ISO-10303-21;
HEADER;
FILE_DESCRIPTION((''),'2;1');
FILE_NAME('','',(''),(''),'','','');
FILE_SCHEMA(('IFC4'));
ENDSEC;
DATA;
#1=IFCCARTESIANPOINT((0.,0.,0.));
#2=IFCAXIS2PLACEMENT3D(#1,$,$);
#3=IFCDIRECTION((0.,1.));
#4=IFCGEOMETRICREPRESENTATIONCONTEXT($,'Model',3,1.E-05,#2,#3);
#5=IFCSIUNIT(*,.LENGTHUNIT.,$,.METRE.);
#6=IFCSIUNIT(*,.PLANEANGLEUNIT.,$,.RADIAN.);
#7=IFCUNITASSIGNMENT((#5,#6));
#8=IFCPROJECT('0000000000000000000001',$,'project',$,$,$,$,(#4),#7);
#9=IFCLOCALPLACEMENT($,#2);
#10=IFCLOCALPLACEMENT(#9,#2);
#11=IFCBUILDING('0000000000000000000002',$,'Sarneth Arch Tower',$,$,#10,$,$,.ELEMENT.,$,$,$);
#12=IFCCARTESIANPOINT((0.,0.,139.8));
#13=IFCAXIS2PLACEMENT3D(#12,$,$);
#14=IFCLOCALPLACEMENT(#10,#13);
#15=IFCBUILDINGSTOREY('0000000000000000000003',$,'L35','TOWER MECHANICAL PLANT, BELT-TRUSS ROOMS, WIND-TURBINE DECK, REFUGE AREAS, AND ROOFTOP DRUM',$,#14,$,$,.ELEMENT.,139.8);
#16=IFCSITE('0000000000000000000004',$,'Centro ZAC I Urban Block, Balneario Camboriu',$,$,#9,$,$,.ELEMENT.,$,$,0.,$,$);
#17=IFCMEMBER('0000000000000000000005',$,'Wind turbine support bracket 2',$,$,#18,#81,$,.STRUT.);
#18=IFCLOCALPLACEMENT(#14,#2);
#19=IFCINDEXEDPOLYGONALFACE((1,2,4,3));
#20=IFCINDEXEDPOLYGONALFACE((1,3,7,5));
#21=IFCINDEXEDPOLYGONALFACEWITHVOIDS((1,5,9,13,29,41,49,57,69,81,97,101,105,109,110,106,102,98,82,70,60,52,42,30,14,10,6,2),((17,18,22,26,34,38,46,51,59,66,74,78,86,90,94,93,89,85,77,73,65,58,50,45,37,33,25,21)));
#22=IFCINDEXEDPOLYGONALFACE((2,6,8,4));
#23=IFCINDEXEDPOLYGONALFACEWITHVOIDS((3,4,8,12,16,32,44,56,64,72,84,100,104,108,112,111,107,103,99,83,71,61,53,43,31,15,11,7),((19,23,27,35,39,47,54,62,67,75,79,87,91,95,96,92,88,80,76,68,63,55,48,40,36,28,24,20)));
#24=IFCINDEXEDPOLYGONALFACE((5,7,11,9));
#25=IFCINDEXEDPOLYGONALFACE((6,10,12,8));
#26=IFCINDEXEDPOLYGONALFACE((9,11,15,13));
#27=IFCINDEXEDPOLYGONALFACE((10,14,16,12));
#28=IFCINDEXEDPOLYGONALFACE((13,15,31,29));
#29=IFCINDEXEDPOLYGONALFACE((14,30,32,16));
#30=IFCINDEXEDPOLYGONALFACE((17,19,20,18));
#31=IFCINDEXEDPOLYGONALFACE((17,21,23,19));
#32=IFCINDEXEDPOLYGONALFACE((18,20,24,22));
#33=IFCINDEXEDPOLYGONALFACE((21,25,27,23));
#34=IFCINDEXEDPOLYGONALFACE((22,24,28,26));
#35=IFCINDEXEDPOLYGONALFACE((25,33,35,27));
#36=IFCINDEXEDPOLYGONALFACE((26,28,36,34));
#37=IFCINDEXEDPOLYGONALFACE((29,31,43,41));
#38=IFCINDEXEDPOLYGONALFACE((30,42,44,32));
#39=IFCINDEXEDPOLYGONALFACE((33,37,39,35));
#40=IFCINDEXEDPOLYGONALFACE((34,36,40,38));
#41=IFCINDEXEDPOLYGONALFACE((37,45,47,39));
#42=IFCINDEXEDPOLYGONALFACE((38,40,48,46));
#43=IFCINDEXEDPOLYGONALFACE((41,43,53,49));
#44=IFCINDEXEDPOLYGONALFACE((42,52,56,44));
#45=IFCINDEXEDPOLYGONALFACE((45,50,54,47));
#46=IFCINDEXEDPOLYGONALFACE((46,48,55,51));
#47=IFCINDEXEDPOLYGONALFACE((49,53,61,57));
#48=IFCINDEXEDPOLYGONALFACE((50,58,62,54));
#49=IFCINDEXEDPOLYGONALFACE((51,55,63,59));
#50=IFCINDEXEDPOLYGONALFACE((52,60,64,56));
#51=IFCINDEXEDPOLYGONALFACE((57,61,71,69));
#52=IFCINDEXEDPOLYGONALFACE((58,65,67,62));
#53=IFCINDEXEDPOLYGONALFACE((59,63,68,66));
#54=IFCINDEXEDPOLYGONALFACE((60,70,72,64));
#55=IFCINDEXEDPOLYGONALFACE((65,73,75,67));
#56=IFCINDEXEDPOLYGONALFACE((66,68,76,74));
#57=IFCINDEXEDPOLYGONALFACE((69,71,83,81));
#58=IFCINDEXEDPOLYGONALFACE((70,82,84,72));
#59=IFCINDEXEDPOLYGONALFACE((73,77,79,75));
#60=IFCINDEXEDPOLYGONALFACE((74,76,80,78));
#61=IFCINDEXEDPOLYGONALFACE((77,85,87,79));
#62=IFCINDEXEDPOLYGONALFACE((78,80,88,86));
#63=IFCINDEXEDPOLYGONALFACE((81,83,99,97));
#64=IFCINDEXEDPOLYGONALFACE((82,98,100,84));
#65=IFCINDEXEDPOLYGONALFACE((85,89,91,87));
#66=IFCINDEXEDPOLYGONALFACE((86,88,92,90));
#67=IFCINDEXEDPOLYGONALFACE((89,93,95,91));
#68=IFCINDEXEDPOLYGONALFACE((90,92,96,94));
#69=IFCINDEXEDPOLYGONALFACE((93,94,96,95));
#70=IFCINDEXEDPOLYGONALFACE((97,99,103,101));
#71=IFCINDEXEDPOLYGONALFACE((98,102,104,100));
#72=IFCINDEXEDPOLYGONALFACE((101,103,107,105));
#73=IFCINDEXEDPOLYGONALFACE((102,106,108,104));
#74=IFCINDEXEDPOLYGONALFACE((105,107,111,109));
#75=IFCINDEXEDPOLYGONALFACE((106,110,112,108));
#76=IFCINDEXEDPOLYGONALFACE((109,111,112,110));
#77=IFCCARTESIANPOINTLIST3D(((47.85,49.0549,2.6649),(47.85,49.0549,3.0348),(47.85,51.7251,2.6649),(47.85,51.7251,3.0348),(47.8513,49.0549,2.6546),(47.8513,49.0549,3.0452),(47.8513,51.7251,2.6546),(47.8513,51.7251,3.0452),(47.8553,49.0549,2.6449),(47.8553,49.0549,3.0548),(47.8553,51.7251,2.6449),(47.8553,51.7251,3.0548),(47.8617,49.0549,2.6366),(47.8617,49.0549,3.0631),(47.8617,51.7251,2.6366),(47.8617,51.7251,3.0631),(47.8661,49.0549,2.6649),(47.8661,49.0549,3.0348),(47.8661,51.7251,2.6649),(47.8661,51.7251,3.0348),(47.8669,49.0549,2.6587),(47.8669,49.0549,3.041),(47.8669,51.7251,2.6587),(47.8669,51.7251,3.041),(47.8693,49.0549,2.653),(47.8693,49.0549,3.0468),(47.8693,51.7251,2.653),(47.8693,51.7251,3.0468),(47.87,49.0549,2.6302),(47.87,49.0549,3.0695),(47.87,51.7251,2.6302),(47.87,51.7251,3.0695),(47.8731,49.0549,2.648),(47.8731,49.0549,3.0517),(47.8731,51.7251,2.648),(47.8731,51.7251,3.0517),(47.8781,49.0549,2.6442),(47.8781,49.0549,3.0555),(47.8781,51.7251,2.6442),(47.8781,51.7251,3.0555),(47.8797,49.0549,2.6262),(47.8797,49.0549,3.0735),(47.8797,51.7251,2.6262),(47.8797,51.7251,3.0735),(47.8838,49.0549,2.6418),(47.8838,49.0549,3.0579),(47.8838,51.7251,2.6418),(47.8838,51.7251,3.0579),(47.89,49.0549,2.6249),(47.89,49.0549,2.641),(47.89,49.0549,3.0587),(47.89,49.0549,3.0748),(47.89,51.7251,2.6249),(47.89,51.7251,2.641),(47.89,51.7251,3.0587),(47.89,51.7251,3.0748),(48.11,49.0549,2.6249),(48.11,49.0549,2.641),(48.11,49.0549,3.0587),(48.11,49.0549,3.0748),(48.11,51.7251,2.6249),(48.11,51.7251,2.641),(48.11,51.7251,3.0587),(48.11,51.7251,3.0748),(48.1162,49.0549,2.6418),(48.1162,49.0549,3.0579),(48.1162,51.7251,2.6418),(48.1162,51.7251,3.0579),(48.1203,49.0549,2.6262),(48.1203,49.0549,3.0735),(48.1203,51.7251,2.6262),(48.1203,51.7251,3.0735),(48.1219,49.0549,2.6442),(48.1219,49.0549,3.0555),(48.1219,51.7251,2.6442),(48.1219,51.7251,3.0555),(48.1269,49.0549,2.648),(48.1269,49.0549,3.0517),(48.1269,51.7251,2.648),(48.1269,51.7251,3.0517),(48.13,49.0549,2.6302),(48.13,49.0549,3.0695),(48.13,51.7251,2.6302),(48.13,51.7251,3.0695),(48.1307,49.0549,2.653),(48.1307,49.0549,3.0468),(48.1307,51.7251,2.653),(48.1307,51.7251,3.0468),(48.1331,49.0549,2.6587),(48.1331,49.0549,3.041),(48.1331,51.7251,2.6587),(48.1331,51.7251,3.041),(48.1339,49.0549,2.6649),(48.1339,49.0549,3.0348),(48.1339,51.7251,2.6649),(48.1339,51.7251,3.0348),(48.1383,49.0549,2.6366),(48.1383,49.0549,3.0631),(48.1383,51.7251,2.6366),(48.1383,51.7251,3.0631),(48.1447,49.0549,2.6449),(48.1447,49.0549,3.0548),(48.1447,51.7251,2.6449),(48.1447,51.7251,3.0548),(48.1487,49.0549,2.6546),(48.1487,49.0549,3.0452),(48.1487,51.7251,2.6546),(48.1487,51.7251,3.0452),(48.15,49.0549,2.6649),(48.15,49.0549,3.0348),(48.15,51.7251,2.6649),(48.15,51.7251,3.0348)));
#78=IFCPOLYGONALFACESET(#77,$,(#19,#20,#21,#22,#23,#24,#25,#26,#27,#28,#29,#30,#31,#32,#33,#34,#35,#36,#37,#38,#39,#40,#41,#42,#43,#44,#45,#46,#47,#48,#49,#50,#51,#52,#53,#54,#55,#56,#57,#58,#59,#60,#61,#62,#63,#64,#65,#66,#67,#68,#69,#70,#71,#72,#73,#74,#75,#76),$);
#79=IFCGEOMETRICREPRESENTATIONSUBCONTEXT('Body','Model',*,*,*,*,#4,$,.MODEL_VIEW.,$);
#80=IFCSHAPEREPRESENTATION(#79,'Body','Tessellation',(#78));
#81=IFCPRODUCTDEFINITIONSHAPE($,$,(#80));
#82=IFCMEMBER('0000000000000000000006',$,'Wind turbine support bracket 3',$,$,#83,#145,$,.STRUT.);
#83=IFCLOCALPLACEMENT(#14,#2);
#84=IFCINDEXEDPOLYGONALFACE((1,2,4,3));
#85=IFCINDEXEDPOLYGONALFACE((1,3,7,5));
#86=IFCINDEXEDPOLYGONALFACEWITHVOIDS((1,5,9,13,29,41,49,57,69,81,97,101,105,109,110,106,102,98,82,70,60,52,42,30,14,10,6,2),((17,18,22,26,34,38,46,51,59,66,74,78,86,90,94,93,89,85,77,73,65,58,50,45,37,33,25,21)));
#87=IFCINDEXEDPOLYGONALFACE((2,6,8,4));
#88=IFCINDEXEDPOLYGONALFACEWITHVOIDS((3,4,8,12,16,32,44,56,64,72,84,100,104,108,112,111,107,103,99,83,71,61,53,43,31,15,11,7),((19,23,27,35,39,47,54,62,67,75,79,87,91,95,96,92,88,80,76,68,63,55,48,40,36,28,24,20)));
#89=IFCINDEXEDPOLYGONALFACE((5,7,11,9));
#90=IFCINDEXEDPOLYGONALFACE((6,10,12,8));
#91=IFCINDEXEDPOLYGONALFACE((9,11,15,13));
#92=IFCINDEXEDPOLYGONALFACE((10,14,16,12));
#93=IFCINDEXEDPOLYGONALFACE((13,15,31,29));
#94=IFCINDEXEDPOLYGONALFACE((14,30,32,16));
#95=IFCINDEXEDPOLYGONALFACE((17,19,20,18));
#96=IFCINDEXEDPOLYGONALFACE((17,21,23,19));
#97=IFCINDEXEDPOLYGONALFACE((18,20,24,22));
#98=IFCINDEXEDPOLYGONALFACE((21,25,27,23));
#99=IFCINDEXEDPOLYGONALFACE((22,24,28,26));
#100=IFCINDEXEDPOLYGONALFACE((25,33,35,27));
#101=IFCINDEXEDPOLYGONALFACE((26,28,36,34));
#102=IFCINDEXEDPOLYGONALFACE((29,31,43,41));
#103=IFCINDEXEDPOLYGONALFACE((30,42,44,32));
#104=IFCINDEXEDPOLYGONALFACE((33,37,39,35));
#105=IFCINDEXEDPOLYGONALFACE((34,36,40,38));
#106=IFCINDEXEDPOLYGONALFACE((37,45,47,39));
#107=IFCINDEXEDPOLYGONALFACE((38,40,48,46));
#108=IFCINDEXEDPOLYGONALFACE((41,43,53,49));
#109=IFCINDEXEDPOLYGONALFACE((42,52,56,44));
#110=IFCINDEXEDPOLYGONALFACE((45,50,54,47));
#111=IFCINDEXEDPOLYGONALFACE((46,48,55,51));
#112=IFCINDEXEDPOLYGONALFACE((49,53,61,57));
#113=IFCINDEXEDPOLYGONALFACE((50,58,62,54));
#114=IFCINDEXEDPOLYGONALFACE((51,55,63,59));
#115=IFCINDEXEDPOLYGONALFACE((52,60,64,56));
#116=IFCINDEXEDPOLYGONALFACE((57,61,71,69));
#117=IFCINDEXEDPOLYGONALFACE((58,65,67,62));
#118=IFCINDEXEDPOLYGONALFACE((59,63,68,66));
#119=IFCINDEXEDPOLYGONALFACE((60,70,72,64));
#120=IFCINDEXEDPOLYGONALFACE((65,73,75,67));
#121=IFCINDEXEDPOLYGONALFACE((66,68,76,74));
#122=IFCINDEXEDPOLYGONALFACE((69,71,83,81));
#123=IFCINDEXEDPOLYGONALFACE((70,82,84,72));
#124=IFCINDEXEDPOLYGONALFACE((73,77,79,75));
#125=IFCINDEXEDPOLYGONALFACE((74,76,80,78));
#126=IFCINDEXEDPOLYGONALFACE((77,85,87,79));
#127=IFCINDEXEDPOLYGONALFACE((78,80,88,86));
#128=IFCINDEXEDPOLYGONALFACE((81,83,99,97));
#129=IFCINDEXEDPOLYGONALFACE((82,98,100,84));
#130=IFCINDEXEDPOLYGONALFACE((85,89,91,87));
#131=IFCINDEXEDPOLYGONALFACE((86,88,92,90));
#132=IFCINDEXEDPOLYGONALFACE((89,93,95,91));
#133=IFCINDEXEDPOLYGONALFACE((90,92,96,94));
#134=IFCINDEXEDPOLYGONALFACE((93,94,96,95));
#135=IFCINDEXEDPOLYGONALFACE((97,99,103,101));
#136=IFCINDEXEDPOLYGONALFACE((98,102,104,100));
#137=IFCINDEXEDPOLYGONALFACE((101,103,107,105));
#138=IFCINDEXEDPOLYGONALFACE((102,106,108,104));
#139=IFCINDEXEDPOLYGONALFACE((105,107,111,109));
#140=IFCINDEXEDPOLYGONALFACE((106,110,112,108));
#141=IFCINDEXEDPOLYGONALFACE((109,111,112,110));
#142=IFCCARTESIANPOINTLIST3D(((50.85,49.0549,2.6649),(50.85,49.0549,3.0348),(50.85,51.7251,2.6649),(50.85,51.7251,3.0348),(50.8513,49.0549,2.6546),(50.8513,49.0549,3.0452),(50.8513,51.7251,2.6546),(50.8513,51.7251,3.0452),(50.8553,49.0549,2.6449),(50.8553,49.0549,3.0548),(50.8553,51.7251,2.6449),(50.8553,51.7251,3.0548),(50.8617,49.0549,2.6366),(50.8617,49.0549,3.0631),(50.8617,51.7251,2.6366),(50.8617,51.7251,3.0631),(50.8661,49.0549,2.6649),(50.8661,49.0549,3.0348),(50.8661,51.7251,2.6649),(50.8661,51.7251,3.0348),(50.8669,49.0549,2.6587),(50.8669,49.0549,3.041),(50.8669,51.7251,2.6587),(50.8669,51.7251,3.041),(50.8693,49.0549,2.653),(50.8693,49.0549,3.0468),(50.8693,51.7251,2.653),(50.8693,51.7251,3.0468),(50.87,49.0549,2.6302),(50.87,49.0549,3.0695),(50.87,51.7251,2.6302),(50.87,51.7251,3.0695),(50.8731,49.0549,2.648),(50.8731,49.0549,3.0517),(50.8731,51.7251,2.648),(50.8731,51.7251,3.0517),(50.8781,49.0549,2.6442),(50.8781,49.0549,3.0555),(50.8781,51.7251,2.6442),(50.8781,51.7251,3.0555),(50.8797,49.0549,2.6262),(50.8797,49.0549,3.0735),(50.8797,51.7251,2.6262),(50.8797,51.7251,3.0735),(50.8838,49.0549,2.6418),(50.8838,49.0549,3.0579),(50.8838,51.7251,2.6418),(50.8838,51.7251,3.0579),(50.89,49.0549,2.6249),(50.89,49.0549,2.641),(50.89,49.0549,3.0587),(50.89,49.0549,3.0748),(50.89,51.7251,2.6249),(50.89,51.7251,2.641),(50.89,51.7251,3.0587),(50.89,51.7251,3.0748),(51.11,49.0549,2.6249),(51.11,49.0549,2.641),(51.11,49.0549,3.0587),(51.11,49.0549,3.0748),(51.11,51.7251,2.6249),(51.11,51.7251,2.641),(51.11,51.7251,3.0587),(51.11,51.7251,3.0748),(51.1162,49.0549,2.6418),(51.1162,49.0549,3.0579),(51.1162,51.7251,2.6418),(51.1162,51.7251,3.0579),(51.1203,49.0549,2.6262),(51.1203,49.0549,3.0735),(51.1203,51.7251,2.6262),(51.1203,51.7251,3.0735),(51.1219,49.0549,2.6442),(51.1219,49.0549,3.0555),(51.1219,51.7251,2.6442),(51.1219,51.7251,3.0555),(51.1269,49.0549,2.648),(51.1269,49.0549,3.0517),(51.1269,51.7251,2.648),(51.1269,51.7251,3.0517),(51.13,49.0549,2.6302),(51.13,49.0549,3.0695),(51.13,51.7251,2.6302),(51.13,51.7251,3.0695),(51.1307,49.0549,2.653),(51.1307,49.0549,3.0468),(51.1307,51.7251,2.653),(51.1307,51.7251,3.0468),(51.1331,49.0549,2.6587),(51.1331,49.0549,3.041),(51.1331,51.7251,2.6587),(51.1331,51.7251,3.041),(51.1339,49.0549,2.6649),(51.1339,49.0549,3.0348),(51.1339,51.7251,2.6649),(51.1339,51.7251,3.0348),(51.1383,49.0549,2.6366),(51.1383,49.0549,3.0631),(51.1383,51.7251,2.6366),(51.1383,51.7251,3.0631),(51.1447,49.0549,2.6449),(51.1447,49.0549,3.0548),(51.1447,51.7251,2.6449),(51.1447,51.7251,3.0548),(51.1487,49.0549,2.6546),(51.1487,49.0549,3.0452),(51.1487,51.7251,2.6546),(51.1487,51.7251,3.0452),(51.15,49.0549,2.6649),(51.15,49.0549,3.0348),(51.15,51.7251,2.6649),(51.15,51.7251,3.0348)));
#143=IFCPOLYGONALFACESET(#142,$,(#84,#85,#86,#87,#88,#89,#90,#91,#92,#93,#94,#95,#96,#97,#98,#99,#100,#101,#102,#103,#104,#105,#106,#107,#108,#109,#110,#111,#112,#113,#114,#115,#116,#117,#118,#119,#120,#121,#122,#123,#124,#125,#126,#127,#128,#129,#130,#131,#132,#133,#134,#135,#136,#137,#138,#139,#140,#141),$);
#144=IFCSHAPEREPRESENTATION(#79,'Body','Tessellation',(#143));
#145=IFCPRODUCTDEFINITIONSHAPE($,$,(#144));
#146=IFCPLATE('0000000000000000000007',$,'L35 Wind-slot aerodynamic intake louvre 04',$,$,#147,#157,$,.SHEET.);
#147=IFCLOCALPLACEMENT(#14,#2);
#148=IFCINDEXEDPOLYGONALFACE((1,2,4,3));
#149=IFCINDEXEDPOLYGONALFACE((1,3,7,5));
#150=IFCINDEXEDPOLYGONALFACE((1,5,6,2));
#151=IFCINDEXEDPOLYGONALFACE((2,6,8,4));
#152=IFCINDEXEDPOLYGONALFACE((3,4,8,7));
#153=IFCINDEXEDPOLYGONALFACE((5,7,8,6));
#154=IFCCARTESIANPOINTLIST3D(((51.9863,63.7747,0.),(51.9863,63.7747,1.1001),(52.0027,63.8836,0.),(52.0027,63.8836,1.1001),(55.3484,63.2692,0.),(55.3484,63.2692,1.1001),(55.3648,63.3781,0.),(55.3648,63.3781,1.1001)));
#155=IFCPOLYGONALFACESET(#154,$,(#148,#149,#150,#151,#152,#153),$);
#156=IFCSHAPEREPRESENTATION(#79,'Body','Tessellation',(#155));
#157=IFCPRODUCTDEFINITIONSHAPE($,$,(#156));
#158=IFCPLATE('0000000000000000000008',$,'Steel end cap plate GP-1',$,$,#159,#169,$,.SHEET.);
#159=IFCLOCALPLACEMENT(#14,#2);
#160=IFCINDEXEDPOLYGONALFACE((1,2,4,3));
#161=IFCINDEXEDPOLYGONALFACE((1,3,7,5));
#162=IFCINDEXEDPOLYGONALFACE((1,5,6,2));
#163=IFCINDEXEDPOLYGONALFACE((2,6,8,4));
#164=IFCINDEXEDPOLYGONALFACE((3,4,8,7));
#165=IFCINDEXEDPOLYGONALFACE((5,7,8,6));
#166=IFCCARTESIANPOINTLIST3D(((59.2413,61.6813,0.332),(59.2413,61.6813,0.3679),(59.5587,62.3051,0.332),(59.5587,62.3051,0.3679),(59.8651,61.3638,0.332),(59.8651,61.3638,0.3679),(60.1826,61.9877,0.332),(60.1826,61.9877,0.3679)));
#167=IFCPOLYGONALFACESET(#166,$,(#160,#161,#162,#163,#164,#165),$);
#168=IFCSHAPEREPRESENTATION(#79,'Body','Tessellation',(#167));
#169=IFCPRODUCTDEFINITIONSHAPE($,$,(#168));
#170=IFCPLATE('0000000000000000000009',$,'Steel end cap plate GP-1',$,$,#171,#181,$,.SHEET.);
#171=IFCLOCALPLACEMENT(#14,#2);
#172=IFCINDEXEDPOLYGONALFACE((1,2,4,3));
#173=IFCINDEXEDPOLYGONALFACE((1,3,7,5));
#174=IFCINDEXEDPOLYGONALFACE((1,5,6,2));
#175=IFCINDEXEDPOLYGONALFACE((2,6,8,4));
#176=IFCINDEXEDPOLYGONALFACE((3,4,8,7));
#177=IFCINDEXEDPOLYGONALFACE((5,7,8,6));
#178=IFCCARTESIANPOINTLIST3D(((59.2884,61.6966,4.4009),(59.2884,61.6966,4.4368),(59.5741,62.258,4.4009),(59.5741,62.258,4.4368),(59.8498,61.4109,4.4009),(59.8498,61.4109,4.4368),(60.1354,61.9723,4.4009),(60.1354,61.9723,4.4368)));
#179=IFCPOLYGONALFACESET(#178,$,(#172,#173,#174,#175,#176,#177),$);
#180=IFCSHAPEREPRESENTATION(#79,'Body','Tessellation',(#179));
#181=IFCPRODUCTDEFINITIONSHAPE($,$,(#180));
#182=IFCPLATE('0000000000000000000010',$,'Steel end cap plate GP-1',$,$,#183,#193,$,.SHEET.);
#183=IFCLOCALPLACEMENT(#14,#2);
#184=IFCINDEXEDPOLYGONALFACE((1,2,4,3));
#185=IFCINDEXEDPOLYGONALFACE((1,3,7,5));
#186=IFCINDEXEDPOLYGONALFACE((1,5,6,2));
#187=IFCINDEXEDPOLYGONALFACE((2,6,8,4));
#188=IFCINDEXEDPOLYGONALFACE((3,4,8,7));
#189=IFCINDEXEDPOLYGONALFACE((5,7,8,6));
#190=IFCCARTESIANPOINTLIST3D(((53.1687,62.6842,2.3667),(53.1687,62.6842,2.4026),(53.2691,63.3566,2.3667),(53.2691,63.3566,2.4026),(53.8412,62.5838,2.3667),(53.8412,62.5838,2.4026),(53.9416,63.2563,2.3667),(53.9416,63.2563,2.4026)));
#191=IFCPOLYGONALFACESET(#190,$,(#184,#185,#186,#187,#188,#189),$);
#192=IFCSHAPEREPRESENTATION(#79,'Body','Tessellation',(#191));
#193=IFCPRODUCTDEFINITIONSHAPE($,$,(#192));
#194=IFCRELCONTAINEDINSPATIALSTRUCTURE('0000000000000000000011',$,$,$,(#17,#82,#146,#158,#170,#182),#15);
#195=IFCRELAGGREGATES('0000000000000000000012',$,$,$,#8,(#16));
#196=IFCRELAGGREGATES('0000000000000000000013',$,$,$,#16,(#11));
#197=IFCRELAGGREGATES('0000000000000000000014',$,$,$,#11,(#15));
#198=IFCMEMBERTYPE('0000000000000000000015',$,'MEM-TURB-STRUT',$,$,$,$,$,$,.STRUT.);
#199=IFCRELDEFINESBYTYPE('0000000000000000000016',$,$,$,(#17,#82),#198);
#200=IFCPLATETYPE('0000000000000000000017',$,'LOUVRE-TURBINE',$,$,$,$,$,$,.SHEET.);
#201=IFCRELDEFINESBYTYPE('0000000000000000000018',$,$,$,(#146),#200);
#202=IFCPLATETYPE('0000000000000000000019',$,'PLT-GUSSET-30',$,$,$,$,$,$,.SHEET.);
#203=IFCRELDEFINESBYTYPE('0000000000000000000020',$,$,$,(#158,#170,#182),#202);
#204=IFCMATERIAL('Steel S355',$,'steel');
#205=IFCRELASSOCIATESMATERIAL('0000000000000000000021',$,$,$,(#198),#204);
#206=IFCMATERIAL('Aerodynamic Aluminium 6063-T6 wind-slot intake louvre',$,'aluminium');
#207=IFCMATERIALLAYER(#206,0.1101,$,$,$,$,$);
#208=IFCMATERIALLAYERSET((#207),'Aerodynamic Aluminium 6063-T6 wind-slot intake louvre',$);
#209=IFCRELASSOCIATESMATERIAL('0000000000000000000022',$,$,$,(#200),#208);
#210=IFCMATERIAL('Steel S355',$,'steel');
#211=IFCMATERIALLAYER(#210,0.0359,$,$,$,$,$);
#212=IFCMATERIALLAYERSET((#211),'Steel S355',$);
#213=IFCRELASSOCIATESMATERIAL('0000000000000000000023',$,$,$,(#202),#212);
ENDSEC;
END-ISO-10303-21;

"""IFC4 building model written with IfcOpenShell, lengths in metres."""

from ifc_helpers import new_model, si_unit, direction, frame, origin, origin_2d, place, context, subcontext, project, spatial, rectangle, hollow_rectangle, extrude, material, layer, layer_set, material_profile, profile_set, type_object, element, save


model = new_model("IFC4")

# Units and contexts
model_context = context("Model", 3, precision=1e-05, world=origin(), true_north=direction((0.0, 1.0)))
body_context = subcontext(model_context, "Body", "Model", "MODEL_VIEW")
ifc_project = project(units=[si_unit("LENGTHUNIT", "METRE"), si_unit("PLANEANGLEUNIT", "RADIAN")], contexts=[model_context])

# Site, building, storey
site_placement = place(None, origin())
site = spatial("IfcSite", under=ifc_project, at=site_placement, Name="Centro ZAC I Urban Block, Balneario Camboriu", CompositionType="ELEMENT", RefElevation=0.0)
building_placement = place(site_placement, origin())
building = spatial("IfcBuilding", under=site, at=building_placement, Name="Sarneth Arch Tower", CompositionType="ELEMENT")
storey_placement = place(building_placement, frame((0.0, 0.0, 139.8)))
storey = spatial("IfcBuildingStorey", under=building, at=storey_placement, Name="L35", Description="TOWER MECHANICAL PLANT, BELT-TRUSS ROOMS, WIND-TURBINE DECK, REFUGE AREAS, AND ROOFTOP DRUM", CompositionType="ELEMENT", Elevation=139.8)

# Members
ifc_material_1 = material(Name="Steel S355", Category="steel")
ifc_material_profile_1 = material_profile(ifc_material_1, hollow_rectangle(XDim=0.3, YDim=0.45, WallThickness=0.0161, InnerFilletRadius=0.0239, OuterFilletRadius=0.04, at=origin_2d()), Name="RHS450x300x16")
ifc_profile_set_1 = profile_set([ifc_material_profile_1], Name="Steel S355")
member_type_1 = type_object("IfcMemberType", Name="MEM-TURB-STRUT", PredefinedType="STRUT", material=ifc_profile_set_1)
for number, where, z_axis, x_axis, name in (
    (1, (48.0, 49.0549, 2.8499), (0.0, 1.0, 0.0), (-1.0, 0.0, 0.0), "Wind turbine support bracket 2"),
    (2, (51.0, 49.0549, 2.8499), (0.0, 1.0, 0.0), (-1.0, 0.0, 0.0), "Wind turbine support bracket 3"),
):
    element("IfcMember", number, at=place(storey_placement, frame(where, z_axis=z_axis, x_axis=x_axis)), inside=storey, type_object=member_type_1, Name=name, PredefinedType="STRUT", context=body_context, shape_type="SweptSolid", body=[
        extrude(hollow_rectangle(XDim=0.3, YDim=0.45, WallThickness=0.0161, InnerFilletRadius=0.0239, OuterFilletRadius=0.04, at=origin_2d()), origin(), (0.0, 0.0, 1.0), 2.6702),
    ])

# Plates
ifc_material_2 = material(Name="Aerodynamic Aluminium 6063-T6 wind-slot intake louvre", Category="aluminium")
ifc_layer_1 = layer(ifc_material_2, 0.1101)
ifc_layer_set_1 = layer_set([ifc_layer_1], Name="Aerodynamic Aluminium 6063-T6 wind-slot intake louvre")
plate_type_1 = type_object("IfcPlateType", Name="LOUVRE-TURBINE", PredefinedType="SHEET", material=ifc_layer_set_1)
plate_1_placement = place(storey_placement, frame((53.6755, 63.5764, 0.0), z_axis=(0.0, 0.0, 1.0), x_axis=(-0.988886, 0.148672, 0.0)))
element("IfcPlate", 3, at=plate_1_placement, inside=storey, type_object=plate_type_1, Name="L35 Wind-slot aerodynamic intake louvre 04", PredefinedType="SHEET", context=body_context, shape_type="SweptSolid", body=[
    extrude(rectangle(XDim=3.3999, YDim=0.1101, at=origin_2d()), origin(), (0.0, 0.0, 1.0), 1.1001),
])
ifc_material_3 = material(Name="Steel S355", Category="steel")
ifc_layer_2 = layer(ifc_material_3, 0.0359)
ifc_layer_set_2 = layer_set([ifc_layer_2], Name="Steel S355")
plate_type_2 = type_object("IfcPlateType", Name="PLT-GUSSET-30", PredefinedType="SHEET", material=ifc_layer_set_2)
plate_2_placement = place(storey_placement, frame((59.7119, 61.8345, 0.332), z_axis=(0.0, 0.0, 1.0), x_axis=(-0.891244, 0.453524, 0.0)))
element("IfcPlate", 4, at=plate_2_placement, inside=storey, type_object=plate_type_2, Name="Steel end cap plate GP-1", PredefinedType="SHEET", context=body_context, shape_type="SweptSolid", body=[
    extrude(rectangle(XDim=0.7, YDim=0.7, at=origin_2d()), origin(), (0.0, 0.0, 1.0), 0.0359),
])
plate_3_placement = place(storey_placement, frame((59.7119, 61.8345, 4.4009), z_axis=(0.0, 0.0, 1.0), x_axis=(-0.891244, 0.453524, 0.0)))
element("IfcPlate", 5, at=plate_3_placement, inside=storey, type_object=plate_type_2, Name="Steel end cap plate GP-1", PredefinedType="SHEET", context=body_context, shape_type="SweptSolid", body=[
    extrude(rectangle(XDim=0.6299, YDim=0.6299, at=origin_2d()), origin(), (0.0, 0.0, 1.0), 0.0359),
])
plate_4_placement = place(storey_placement, frame((53.5552, 62.9702, 2.3667), z_axis=(0.0, 0.0, 1.0), x_axis=(-0.989042, 0.147637, 0.0)))
element("IfcPlate", 6, at=plate_4_placement, inside=storey, type_object=plate_type_2, Name="Steel end cap plate GP-1", PredefinedType="SHEET", context=body_context, shape_type="SweptSolid", body=[
    extrude(rectangle(XDim=0.6799, YDim=0.6799, at=origin_2d()), origin(), (0.0, 0.0, 1.0), 0.0359),
])

save(model, "model.ifc")
